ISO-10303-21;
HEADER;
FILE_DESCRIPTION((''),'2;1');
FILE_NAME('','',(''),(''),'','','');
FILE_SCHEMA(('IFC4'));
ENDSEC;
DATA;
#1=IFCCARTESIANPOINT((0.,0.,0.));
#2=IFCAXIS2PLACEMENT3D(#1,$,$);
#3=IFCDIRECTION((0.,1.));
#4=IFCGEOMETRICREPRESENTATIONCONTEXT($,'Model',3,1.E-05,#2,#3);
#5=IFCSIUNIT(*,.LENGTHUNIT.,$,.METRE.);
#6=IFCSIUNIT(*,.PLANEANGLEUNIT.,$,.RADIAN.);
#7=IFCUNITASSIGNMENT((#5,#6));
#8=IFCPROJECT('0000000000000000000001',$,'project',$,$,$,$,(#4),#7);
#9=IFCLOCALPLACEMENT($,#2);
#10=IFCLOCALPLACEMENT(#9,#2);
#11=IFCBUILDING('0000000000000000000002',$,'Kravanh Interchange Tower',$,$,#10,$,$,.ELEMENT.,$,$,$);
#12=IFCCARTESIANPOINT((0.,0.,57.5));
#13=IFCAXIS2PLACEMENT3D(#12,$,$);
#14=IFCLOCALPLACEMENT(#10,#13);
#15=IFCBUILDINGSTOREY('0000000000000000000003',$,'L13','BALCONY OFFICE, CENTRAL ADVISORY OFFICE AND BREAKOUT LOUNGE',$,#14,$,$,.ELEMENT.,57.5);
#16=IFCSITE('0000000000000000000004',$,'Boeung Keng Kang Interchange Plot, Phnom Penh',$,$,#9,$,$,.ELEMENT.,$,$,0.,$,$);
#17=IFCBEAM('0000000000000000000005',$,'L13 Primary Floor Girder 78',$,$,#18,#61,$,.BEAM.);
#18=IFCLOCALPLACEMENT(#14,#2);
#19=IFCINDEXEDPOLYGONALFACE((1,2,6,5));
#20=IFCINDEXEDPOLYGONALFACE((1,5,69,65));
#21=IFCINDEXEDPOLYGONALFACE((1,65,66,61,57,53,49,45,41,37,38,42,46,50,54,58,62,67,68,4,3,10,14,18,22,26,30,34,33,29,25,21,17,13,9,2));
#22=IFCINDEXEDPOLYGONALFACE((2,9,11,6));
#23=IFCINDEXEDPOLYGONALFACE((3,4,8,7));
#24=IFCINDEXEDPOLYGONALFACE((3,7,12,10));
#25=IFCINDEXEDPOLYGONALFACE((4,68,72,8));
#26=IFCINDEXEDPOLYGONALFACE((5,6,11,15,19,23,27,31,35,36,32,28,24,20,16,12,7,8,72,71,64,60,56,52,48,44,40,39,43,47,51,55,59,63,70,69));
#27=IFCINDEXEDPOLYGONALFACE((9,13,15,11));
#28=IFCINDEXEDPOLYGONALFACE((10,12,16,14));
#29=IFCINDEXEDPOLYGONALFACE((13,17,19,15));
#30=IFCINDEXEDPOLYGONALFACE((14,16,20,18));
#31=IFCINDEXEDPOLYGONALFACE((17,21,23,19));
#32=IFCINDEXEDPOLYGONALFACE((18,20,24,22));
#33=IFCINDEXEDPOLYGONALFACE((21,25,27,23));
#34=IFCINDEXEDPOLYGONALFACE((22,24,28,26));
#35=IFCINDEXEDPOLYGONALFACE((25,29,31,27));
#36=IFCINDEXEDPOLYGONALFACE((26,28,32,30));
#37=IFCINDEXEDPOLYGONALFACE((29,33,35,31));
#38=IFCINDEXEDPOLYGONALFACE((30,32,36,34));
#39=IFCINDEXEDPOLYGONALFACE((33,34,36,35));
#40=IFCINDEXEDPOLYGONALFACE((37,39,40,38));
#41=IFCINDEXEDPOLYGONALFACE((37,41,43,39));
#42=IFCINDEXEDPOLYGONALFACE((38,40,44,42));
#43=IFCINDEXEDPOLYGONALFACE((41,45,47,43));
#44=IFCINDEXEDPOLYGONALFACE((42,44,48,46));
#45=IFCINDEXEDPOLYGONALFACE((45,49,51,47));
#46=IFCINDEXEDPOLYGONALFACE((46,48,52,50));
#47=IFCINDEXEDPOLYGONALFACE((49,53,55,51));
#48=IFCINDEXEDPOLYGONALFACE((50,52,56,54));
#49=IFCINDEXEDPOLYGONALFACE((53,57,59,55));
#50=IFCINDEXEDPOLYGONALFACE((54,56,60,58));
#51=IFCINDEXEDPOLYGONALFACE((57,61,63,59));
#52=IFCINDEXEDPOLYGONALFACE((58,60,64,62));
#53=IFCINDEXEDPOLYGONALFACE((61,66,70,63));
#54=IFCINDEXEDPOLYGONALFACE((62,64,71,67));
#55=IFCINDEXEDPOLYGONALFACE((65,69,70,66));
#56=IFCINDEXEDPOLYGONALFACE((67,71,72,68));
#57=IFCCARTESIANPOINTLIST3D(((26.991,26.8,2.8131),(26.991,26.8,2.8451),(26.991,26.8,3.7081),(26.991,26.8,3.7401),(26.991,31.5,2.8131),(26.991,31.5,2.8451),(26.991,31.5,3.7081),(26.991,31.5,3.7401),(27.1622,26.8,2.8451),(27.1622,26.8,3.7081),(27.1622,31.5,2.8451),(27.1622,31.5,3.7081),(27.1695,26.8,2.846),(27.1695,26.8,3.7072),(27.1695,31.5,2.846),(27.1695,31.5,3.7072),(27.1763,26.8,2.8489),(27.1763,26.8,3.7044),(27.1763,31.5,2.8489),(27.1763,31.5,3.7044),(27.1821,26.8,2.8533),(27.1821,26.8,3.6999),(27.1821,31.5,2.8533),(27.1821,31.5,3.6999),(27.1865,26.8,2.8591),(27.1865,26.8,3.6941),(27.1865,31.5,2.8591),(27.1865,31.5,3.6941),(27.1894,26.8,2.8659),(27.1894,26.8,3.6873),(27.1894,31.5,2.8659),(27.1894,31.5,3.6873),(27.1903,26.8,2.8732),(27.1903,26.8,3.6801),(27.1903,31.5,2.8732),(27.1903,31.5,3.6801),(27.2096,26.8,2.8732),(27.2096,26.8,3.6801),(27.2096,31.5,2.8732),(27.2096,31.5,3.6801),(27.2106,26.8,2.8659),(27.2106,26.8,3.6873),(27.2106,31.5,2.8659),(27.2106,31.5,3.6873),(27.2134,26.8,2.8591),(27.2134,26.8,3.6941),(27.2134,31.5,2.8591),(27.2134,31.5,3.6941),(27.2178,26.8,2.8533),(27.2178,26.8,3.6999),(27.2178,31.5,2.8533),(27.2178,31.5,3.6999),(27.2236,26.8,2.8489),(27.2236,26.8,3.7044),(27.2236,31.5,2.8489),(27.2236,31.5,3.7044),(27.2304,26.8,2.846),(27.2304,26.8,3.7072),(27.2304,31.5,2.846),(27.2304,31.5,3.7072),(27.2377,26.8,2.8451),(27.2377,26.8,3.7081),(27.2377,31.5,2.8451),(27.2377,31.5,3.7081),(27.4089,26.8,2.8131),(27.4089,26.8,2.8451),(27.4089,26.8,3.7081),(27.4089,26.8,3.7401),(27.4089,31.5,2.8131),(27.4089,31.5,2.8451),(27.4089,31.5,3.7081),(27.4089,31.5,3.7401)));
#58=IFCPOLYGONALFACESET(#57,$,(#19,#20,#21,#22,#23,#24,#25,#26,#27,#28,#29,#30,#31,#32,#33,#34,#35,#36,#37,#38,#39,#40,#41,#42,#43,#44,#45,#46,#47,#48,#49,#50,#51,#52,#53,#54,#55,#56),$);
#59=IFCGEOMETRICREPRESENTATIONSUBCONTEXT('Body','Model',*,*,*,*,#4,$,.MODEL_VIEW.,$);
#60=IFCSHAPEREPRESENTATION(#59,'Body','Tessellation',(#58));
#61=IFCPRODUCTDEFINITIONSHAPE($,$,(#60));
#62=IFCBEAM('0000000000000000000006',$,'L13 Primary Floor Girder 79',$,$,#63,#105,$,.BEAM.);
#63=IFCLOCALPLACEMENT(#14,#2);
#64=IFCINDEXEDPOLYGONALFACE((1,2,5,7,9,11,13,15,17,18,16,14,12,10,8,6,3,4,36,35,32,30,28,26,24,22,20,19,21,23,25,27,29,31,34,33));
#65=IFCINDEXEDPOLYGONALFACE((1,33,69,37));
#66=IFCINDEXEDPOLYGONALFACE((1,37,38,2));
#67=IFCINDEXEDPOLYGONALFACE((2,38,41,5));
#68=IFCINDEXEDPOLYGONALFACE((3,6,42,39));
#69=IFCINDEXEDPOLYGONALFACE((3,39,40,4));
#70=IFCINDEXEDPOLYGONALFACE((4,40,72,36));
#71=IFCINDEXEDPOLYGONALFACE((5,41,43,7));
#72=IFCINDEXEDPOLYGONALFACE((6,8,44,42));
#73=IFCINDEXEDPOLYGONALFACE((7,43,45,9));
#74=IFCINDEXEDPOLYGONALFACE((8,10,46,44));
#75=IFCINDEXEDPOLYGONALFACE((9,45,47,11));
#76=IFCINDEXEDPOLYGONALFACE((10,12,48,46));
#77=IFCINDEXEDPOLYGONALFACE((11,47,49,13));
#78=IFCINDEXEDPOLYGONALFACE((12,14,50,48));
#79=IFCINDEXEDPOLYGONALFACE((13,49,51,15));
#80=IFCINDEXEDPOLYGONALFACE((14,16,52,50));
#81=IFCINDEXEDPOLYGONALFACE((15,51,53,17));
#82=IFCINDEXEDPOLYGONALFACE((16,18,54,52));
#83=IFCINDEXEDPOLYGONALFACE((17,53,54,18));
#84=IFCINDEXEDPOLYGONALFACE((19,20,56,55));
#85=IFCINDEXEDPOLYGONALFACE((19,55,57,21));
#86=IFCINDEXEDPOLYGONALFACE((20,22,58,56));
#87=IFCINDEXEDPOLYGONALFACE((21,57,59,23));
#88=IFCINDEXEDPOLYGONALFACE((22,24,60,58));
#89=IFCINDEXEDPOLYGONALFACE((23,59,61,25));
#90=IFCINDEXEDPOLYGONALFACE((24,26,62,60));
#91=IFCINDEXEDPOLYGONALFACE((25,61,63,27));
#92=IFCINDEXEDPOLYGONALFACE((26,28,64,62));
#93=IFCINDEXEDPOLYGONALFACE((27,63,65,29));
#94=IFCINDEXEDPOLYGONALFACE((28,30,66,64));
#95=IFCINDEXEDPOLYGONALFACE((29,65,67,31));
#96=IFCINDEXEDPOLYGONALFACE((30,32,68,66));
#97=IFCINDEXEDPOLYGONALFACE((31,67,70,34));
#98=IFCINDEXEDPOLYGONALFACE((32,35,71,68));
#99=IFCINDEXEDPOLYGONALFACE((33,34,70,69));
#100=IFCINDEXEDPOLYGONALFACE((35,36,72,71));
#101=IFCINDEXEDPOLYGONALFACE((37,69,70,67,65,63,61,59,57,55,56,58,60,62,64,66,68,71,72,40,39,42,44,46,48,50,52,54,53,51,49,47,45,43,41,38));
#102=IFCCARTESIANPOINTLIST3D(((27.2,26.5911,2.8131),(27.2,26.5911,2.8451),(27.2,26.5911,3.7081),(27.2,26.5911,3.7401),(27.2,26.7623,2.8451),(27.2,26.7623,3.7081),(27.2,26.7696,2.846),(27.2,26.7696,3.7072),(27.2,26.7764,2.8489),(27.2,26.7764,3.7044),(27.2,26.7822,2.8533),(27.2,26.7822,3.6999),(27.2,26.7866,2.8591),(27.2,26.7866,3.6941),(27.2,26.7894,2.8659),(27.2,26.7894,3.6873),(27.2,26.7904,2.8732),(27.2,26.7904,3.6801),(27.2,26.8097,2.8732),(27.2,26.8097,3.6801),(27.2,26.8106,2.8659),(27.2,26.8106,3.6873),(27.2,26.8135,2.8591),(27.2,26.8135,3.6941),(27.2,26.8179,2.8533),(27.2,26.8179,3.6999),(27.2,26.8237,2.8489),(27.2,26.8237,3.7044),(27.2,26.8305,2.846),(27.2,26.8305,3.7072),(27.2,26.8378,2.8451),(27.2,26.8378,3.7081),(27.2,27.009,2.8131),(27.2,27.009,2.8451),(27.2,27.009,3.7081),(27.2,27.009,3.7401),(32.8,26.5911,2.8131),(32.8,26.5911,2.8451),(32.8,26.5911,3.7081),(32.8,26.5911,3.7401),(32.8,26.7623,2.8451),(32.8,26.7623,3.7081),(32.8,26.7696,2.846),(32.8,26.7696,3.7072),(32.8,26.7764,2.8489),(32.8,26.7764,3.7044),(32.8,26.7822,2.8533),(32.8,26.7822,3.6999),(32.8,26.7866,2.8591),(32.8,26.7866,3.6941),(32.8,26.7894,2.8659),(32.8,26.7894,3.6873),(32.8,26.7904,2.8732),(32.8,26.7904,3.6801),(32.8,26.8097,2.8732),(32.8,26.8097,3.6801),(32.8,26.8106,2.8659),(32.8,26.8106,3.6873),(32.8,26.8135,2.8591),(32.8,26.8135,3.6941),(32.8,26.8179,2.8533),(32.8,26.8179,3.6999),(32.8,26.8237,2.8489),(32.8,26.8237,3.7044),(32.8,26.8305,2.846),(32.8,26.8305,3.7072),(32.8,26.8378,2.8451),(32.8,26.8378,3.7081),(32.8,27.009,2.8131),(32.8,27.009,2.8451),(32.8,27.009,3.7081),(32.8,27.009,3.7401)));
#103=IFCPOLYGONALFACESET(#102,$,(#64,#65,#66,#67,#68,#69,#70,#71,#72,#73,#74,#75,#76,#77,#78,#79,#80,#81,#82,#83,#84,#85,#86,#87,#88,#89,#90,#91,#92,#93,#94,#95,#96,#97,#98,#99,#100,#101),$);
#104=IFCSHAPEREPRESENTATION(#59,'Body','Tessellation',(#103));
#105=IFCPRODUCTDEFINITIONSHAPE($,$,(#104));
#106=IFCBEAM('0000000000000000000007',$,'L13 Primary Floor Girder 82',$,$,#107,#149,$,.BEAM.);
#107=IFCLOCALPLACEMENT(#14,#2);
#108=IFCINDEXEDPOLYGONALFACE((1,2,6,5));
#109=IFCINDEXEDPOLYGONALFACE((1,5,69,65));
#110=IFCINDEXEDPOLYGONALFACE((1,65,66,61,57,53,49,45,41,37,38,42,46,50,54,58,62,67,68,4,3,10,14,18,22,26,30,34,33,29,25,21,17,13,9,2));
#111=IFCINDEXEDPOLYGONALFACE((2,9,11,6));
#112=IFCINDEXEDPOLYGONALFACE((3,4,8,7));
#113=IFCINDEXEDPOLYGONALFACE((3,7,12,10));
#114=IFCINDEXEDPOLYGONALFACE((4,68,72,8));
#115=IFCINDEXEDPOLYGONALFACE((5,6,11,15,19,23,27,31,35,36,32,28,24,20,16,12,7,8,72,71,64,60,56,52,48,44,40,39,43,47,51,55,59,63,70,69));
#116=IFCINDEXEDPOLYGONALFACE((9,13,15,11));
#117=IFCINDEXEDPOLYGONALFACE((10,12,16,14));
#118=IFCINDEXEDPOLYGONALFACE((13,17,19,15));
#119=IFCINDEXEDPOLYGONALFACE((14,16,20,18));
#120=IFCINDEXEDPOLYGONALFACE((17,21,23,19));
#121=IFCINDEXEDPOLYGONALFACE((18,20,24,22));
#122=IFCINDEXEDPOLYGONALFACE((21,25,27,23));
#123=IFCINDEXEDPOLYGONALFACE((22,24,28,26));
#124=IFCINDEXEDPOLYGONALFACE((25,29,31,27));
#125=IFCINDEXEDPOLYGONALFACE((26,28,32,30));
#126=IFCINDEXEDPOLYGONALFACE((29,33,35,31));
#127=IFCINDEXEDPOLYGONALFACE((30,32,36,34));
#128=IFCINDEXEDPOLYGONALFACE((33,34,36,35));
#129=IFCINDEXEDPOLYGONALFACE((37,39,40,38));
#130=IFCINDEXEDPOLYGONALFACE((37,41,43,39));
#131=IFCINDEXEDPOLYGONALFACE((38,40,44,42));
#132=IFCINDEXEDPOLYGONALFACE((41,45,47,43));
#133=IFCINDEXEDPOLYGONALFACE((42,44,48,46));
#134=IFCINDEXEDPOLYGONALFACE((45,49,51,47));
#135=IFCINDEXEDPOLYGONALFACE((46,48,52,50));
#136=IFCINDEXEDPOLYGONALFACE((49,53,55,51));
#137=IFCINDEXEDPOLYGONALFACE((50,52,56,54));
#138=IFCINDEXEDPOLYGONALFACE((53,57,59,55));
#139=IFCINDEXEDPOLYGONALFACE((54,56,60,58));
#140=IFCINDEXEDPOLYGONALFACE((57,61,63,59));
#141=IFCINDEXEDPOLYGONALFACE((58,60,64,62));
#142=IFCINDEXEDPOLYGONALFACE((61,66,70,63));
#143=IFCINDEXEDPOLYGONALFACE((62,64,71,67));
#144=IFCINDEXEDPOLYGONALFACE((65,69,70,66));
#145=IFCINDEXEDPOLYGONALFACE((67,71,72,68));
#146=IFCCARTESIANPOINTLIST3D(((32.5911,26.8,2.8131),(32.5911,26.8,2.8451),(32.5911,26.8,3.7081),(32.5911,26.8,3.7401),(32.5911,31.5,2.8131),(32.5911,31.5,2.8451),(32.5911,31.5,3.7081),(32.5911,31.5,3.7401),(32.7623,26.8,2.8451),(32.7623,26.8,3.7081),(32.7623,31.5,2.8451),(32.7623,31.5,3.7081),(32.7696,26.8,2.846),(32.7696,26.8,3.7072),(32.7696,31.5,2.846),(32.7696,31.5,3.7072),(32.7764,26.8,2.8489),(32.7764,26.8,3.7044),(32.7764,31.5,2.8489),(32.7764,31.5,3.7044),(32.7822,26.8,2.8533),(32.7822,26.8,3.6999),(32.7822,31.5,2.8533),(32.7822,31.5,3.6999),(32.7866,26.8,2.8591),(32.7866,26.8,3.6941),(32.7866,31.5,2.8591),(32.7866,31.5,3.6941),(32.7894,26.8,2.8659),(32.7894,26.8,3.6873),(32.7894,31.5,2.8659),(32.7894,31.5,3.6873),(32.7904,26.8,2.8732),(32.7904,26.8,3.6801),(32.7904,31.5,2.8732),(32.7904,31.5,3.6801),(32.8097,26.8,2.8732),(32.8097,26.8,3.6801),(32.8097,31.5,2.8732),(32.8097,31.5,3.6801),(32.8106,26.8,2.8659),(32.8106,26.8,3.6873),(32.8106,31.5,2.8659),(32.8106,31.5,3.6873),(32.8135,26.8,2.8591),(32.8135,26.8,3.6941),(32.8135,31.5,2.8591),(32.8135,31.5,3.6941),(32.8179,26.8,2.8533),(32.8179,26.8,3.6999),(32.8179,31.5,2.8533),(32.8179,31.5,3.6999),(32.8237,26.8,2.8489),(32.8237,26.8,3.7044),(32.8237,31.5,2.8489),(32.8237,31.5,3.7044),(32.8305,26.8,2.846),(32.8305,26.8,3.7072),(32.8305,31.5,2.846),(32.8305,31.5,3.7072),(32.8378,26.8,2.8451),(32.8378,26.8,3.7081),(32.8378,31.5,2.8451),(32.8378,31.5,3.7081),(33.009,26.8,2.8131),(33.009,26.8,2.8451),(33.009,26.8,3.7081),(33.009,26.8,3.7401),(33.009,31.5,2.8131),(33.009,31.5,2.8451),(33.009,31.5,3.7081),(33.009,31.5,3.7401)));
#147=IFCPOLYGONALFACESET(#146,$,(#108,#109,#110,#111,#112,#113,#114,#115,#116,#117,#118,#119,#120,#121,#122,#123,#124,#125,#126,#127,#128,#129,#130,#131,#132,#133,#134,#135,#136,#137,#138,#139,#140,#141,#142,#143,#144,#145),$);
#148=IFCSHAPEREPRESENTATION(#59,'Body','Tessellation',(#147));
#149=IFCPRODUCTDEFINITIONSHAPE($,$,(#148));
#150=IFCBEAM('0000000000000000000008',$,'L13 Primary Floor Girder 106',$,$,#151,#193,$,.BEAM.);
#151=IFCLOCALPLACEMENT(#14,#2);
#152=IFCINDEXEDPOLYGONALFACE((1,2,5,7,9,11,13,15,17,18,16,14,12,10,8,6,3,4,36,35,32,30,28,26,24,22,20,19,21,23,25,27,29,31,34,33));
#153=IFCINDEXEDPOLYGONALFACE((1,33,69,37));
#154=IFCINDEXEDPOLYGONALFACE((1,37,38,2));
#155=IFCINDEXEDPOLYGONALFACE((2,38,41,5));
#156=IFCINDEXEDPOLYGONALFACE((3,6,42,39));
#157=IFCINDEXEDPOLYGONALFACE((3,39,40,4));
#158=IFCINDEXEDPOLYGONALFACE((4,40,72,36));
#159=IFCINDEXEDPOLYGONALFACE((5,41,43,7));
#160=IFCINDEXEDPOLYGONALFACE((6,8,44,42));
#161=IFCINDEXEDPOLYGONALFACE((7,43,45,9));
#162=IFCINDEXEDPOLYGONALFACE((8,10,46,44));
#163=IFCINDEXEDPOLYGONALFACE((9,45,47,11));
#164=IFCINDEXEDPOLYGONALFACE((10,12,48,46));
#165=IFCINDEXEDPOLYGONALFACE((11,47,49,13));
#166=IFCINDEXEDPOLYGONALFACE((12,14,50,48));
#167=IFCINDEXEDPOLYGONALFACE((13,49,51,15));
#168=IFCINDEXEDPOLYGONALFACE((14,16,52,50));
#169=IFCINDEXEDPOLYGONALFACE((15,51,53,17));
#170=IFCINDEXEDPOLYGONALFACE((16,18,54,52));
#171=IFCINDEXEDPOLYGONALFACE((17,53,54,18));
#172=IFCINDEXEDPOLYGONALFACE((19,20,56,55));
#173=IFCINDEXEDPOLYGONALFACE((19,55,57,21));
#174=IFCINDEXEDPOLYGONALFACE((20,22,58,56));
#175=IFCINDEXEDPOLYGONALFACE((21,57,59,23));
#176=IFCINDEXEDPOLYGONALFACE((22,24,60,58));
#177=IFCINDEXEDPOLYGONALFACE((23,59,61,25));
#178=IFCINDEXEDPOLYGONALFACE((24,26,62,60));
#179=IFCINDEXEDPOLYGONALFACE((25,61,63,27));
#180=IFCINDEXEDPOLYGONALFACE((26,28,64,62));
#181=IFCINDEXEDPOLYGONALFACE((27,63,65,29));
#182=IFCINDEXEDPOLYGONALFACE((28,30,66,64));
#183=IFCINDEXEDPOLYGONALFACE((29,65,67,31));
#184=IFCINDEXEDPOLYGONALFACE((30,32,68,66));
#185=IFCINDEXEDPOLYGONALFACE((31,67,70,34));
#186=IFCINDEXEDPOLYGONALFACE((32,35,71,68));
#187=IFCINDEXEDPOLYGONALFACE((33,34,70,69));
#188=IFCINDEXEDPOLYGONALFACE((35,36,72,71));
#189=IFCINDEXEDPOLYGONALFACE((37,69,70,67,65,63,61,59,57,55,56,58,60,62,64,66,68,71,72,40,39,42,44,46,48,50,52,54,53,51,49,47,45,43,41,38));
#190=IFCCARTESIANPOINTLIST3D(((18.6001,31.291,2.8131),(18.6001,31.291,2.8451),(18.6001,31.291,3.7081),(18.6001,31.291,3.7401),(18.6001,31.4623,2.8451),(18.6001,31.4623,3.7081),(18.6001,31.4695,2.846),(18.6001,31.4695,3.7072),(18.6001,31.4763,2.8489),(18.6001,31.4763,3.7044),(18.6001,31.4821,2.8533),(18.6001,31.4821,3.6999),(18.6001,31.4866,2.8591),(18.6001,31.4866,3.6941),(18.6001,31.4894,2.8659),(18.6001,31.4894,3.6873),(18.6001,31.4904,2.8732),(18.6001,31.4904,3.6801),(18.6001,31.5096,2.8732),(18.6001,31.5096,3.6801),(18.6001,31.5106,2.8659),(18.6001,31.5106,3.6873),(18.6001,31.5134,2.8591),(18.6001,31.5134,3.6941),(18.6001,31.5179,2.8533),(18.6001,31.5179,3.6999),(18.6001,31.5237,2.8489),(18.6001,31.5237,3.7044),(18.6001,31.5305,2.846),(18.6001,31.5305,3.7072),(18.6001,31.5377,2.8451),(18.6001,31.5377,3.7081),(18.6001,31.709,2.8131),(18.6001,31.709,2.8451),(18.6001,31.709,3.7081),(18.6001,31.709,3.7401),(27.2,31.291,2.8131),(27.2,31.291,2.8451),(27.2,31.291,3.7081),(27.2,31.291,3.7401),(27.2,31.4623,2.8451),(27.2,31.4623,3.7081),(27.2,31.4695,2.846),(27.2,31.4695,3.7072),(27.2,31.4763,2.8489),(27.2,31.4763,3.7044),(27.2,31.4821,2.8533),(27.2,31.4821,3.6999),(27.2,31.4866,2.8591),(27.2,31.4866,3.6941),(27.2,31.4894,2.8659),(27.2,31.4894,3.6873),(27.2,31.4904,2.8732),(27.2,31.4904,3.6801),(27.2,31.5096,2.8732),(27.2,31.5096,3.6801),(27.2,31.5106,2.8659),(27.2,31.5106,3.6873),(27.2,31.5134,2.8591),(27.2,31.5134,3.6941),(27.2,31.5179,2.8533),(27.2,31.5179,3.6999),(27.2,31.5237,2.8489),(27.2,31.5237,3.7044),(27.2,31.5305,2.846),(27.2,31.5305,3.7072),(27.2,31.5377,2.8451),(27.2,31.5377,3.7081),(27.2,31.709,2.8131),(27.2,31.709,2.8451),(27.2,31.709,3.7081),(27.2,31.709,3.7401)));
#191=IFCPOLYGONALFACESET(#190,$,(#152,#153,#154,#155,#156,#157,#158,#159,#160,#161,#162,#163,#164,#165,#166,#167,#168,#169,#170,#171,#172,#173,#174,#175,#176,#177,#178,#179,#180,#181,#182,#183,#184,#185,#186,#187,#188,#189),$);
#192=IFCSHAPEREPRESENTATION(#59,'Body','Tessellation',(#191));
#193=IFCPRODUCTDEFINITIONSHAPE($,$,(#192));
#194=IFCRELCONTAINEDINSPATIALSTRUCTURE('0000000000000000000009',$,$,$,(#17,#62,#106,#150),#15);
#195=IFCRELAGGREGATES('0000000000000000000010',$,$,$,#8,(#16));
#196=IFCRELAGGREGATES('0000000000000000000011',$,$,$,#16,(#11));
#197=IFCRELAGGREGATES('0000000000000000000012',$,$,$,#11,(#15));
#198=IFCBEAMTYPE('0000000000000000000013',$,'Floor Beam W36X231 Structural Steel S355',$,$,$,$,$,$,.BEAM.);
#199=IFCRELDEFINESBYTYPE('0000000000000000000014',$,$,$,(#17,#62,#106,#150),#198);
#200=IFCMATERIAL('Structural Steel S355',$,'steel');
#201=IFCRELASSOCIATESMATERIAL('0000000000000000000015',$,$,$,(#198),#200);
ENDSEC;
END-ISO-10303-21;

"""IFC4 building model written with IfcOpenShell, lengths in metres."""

from ifc_helpers import new_model, si_unit, direction, frame, origin, origin_2d, place, context, subcontext, project, spatial, i_section, extrude, material, material_profile, profile_set, type_object, element, save


model = new_model("IFC4")

# Units and contexts
model_context = context("Model", 3, precision=1e-05, world=origin(), true_north=direction((0.0, 1.0)))
body_context = subcontext(model_context, "Body", "Model", "MODEL_VIEW")
ifc_project = project(units=[si_unit("LENGTHUNIT", "METRE"), si_unit("PLANEANGLEUNIT", "RADIAN")], contexts=[model_context])

# Site, building, storey
site_placement = place(None, origin())
site = spatial("IfcSite", under=ifc_project, at=site_placement, Name="Boeung Keng Kang Interchange Plot, Phnom Penh", CompositionType="ELEMENT", RefElevation=0.0)
building_placement = place(site_placement, origin())
building = spatial("IfcBuilding", under=site, at=building_placement, Name="Kravanh Interchange Tower", CompositionType="ELEMENT")
storey_placement = place(building_placement, frame((0.0, 0.0, 57.5)))
storey = spatial("IfcBuildingStorey", under=building, at=storey_placement, Name="L13", Description="BALCONY OFFICE, CENTRAL ADVISORY OFFICE AND BREAKOUT LOUNGE", CompositionType="ELEMENT", Elevation=57.5)

# Beams
ifc_material_1 = material(Name="Structural Steel S355", Category="steel")
ifc_material_profile_1 = material_profile(ifc_material_1, i_section(OverallWidth=0.418, OverallDepth=0.927, WebThickness=0.0193, FlangeThickness=0.032, FilletRadius=0.0281, at=origin_2d()), Name="W36X231")
ifc_profile_set_1 = profile_set([ifc_material_profile_1], Name="Structural Steel S355")
beam_type_1 = type_object("IfcBeamType", Name="Floor Beam W36X231 Structural Steel S355", PredefinedType="BEAM", material=ifc_profile_set_1)
beam_1_placement = place(storey_placement, frame((27.2, 26.8, 3.2766), z_axis=(0.0, 1.0, 0.0), x_axis=(-1.0, 0.0, 0.0)))
element("IfcBeam", 1, at=beam_1_placement, inside=storey, type_object=beam_type_1, Name="L13 Primary Floor Girder 78", PredefinedType="BEAM", context=body_context, shape_type="SweptSolid", body=[
    extrude(i_section(OverallWidth=0.418, OverallDepth=0.927, WebThickness=0.0193, FlangeThickness=0.032, FilletRadius=0.0281, at=origin_2d()), origin(), (0.0, 0.0, 1.0), 4.7),
])
beam_2_placement = place(storey_placement, frame((27.2, 26.8, 3.2766), z_axis=(1.0, 0.0, 0.0), x_axis=(0.0, 1.0, 0.0)))
element("IfcBeam", 2, at=beam_2_placement, inside=storey, type_object=beam_type_1, Name="L13 Primary Floor Girder 79", PredefinedType="BEAM", context=body_context, shape_type="SweptSolid", body=[
    extrude(i_section(OverallWidth=0.418, OverallDepth=0.927, WebThickness=0.0193, FlangeThickness=0.032, FilletRadius=0.0281, at=origin_2d()), origin(), (0.0, 0.0, 1.0), 5.6001),
])
beam_3_placement = place(storey_placement, frame((32.8, 26.8, 3.2766), z_axis=(0.0, 1.0, 0.0), x_axis=(-1.0, 0.0, 0.0)))
element("IfcBeam", 3, at=beam_3_placement, inside=storey, type_object=beam_type_1, Name="L13 Primary Floor Girder 82", PredefinedType="BEAM", context=body_context, shape_type="SweptSolid", body=[
    extrude(i_section(OverallWidth=0.418, OverallDepth=0.927, WebThickness=0.0193, FlangeThickness=0.032, FilletRadius=0.0281, at=origin_2d()), origin(), (0.0, 0.0, 1.0), 4.7),
])
beam_4_placement = place(storey_placement, frame((18.6001, 31.5, 3.2766), z_axis=(1.0, 0.0, 0.0), x_axis=(0.0, 1.0, 0.0)))
element("IfcBeam", 4, at=beam_4_placement, inside=storey, type_object=beam_type_1, Name="L13 Primary Floor Girder 106", PredefinedType="BEAM", context=body_context, shape_type="SweptSolid", body=[
    extrude(i_section(OverallWidth=0.418, OverallDepth=0.927, WebThickness=0.0193, FlangeThickness=0.032, FilletRadius=0.0281, at=origin_2d()), origin(), (0.0, 0.0, 1.0), 8.5999),
])

save(model, "model.ifc")
